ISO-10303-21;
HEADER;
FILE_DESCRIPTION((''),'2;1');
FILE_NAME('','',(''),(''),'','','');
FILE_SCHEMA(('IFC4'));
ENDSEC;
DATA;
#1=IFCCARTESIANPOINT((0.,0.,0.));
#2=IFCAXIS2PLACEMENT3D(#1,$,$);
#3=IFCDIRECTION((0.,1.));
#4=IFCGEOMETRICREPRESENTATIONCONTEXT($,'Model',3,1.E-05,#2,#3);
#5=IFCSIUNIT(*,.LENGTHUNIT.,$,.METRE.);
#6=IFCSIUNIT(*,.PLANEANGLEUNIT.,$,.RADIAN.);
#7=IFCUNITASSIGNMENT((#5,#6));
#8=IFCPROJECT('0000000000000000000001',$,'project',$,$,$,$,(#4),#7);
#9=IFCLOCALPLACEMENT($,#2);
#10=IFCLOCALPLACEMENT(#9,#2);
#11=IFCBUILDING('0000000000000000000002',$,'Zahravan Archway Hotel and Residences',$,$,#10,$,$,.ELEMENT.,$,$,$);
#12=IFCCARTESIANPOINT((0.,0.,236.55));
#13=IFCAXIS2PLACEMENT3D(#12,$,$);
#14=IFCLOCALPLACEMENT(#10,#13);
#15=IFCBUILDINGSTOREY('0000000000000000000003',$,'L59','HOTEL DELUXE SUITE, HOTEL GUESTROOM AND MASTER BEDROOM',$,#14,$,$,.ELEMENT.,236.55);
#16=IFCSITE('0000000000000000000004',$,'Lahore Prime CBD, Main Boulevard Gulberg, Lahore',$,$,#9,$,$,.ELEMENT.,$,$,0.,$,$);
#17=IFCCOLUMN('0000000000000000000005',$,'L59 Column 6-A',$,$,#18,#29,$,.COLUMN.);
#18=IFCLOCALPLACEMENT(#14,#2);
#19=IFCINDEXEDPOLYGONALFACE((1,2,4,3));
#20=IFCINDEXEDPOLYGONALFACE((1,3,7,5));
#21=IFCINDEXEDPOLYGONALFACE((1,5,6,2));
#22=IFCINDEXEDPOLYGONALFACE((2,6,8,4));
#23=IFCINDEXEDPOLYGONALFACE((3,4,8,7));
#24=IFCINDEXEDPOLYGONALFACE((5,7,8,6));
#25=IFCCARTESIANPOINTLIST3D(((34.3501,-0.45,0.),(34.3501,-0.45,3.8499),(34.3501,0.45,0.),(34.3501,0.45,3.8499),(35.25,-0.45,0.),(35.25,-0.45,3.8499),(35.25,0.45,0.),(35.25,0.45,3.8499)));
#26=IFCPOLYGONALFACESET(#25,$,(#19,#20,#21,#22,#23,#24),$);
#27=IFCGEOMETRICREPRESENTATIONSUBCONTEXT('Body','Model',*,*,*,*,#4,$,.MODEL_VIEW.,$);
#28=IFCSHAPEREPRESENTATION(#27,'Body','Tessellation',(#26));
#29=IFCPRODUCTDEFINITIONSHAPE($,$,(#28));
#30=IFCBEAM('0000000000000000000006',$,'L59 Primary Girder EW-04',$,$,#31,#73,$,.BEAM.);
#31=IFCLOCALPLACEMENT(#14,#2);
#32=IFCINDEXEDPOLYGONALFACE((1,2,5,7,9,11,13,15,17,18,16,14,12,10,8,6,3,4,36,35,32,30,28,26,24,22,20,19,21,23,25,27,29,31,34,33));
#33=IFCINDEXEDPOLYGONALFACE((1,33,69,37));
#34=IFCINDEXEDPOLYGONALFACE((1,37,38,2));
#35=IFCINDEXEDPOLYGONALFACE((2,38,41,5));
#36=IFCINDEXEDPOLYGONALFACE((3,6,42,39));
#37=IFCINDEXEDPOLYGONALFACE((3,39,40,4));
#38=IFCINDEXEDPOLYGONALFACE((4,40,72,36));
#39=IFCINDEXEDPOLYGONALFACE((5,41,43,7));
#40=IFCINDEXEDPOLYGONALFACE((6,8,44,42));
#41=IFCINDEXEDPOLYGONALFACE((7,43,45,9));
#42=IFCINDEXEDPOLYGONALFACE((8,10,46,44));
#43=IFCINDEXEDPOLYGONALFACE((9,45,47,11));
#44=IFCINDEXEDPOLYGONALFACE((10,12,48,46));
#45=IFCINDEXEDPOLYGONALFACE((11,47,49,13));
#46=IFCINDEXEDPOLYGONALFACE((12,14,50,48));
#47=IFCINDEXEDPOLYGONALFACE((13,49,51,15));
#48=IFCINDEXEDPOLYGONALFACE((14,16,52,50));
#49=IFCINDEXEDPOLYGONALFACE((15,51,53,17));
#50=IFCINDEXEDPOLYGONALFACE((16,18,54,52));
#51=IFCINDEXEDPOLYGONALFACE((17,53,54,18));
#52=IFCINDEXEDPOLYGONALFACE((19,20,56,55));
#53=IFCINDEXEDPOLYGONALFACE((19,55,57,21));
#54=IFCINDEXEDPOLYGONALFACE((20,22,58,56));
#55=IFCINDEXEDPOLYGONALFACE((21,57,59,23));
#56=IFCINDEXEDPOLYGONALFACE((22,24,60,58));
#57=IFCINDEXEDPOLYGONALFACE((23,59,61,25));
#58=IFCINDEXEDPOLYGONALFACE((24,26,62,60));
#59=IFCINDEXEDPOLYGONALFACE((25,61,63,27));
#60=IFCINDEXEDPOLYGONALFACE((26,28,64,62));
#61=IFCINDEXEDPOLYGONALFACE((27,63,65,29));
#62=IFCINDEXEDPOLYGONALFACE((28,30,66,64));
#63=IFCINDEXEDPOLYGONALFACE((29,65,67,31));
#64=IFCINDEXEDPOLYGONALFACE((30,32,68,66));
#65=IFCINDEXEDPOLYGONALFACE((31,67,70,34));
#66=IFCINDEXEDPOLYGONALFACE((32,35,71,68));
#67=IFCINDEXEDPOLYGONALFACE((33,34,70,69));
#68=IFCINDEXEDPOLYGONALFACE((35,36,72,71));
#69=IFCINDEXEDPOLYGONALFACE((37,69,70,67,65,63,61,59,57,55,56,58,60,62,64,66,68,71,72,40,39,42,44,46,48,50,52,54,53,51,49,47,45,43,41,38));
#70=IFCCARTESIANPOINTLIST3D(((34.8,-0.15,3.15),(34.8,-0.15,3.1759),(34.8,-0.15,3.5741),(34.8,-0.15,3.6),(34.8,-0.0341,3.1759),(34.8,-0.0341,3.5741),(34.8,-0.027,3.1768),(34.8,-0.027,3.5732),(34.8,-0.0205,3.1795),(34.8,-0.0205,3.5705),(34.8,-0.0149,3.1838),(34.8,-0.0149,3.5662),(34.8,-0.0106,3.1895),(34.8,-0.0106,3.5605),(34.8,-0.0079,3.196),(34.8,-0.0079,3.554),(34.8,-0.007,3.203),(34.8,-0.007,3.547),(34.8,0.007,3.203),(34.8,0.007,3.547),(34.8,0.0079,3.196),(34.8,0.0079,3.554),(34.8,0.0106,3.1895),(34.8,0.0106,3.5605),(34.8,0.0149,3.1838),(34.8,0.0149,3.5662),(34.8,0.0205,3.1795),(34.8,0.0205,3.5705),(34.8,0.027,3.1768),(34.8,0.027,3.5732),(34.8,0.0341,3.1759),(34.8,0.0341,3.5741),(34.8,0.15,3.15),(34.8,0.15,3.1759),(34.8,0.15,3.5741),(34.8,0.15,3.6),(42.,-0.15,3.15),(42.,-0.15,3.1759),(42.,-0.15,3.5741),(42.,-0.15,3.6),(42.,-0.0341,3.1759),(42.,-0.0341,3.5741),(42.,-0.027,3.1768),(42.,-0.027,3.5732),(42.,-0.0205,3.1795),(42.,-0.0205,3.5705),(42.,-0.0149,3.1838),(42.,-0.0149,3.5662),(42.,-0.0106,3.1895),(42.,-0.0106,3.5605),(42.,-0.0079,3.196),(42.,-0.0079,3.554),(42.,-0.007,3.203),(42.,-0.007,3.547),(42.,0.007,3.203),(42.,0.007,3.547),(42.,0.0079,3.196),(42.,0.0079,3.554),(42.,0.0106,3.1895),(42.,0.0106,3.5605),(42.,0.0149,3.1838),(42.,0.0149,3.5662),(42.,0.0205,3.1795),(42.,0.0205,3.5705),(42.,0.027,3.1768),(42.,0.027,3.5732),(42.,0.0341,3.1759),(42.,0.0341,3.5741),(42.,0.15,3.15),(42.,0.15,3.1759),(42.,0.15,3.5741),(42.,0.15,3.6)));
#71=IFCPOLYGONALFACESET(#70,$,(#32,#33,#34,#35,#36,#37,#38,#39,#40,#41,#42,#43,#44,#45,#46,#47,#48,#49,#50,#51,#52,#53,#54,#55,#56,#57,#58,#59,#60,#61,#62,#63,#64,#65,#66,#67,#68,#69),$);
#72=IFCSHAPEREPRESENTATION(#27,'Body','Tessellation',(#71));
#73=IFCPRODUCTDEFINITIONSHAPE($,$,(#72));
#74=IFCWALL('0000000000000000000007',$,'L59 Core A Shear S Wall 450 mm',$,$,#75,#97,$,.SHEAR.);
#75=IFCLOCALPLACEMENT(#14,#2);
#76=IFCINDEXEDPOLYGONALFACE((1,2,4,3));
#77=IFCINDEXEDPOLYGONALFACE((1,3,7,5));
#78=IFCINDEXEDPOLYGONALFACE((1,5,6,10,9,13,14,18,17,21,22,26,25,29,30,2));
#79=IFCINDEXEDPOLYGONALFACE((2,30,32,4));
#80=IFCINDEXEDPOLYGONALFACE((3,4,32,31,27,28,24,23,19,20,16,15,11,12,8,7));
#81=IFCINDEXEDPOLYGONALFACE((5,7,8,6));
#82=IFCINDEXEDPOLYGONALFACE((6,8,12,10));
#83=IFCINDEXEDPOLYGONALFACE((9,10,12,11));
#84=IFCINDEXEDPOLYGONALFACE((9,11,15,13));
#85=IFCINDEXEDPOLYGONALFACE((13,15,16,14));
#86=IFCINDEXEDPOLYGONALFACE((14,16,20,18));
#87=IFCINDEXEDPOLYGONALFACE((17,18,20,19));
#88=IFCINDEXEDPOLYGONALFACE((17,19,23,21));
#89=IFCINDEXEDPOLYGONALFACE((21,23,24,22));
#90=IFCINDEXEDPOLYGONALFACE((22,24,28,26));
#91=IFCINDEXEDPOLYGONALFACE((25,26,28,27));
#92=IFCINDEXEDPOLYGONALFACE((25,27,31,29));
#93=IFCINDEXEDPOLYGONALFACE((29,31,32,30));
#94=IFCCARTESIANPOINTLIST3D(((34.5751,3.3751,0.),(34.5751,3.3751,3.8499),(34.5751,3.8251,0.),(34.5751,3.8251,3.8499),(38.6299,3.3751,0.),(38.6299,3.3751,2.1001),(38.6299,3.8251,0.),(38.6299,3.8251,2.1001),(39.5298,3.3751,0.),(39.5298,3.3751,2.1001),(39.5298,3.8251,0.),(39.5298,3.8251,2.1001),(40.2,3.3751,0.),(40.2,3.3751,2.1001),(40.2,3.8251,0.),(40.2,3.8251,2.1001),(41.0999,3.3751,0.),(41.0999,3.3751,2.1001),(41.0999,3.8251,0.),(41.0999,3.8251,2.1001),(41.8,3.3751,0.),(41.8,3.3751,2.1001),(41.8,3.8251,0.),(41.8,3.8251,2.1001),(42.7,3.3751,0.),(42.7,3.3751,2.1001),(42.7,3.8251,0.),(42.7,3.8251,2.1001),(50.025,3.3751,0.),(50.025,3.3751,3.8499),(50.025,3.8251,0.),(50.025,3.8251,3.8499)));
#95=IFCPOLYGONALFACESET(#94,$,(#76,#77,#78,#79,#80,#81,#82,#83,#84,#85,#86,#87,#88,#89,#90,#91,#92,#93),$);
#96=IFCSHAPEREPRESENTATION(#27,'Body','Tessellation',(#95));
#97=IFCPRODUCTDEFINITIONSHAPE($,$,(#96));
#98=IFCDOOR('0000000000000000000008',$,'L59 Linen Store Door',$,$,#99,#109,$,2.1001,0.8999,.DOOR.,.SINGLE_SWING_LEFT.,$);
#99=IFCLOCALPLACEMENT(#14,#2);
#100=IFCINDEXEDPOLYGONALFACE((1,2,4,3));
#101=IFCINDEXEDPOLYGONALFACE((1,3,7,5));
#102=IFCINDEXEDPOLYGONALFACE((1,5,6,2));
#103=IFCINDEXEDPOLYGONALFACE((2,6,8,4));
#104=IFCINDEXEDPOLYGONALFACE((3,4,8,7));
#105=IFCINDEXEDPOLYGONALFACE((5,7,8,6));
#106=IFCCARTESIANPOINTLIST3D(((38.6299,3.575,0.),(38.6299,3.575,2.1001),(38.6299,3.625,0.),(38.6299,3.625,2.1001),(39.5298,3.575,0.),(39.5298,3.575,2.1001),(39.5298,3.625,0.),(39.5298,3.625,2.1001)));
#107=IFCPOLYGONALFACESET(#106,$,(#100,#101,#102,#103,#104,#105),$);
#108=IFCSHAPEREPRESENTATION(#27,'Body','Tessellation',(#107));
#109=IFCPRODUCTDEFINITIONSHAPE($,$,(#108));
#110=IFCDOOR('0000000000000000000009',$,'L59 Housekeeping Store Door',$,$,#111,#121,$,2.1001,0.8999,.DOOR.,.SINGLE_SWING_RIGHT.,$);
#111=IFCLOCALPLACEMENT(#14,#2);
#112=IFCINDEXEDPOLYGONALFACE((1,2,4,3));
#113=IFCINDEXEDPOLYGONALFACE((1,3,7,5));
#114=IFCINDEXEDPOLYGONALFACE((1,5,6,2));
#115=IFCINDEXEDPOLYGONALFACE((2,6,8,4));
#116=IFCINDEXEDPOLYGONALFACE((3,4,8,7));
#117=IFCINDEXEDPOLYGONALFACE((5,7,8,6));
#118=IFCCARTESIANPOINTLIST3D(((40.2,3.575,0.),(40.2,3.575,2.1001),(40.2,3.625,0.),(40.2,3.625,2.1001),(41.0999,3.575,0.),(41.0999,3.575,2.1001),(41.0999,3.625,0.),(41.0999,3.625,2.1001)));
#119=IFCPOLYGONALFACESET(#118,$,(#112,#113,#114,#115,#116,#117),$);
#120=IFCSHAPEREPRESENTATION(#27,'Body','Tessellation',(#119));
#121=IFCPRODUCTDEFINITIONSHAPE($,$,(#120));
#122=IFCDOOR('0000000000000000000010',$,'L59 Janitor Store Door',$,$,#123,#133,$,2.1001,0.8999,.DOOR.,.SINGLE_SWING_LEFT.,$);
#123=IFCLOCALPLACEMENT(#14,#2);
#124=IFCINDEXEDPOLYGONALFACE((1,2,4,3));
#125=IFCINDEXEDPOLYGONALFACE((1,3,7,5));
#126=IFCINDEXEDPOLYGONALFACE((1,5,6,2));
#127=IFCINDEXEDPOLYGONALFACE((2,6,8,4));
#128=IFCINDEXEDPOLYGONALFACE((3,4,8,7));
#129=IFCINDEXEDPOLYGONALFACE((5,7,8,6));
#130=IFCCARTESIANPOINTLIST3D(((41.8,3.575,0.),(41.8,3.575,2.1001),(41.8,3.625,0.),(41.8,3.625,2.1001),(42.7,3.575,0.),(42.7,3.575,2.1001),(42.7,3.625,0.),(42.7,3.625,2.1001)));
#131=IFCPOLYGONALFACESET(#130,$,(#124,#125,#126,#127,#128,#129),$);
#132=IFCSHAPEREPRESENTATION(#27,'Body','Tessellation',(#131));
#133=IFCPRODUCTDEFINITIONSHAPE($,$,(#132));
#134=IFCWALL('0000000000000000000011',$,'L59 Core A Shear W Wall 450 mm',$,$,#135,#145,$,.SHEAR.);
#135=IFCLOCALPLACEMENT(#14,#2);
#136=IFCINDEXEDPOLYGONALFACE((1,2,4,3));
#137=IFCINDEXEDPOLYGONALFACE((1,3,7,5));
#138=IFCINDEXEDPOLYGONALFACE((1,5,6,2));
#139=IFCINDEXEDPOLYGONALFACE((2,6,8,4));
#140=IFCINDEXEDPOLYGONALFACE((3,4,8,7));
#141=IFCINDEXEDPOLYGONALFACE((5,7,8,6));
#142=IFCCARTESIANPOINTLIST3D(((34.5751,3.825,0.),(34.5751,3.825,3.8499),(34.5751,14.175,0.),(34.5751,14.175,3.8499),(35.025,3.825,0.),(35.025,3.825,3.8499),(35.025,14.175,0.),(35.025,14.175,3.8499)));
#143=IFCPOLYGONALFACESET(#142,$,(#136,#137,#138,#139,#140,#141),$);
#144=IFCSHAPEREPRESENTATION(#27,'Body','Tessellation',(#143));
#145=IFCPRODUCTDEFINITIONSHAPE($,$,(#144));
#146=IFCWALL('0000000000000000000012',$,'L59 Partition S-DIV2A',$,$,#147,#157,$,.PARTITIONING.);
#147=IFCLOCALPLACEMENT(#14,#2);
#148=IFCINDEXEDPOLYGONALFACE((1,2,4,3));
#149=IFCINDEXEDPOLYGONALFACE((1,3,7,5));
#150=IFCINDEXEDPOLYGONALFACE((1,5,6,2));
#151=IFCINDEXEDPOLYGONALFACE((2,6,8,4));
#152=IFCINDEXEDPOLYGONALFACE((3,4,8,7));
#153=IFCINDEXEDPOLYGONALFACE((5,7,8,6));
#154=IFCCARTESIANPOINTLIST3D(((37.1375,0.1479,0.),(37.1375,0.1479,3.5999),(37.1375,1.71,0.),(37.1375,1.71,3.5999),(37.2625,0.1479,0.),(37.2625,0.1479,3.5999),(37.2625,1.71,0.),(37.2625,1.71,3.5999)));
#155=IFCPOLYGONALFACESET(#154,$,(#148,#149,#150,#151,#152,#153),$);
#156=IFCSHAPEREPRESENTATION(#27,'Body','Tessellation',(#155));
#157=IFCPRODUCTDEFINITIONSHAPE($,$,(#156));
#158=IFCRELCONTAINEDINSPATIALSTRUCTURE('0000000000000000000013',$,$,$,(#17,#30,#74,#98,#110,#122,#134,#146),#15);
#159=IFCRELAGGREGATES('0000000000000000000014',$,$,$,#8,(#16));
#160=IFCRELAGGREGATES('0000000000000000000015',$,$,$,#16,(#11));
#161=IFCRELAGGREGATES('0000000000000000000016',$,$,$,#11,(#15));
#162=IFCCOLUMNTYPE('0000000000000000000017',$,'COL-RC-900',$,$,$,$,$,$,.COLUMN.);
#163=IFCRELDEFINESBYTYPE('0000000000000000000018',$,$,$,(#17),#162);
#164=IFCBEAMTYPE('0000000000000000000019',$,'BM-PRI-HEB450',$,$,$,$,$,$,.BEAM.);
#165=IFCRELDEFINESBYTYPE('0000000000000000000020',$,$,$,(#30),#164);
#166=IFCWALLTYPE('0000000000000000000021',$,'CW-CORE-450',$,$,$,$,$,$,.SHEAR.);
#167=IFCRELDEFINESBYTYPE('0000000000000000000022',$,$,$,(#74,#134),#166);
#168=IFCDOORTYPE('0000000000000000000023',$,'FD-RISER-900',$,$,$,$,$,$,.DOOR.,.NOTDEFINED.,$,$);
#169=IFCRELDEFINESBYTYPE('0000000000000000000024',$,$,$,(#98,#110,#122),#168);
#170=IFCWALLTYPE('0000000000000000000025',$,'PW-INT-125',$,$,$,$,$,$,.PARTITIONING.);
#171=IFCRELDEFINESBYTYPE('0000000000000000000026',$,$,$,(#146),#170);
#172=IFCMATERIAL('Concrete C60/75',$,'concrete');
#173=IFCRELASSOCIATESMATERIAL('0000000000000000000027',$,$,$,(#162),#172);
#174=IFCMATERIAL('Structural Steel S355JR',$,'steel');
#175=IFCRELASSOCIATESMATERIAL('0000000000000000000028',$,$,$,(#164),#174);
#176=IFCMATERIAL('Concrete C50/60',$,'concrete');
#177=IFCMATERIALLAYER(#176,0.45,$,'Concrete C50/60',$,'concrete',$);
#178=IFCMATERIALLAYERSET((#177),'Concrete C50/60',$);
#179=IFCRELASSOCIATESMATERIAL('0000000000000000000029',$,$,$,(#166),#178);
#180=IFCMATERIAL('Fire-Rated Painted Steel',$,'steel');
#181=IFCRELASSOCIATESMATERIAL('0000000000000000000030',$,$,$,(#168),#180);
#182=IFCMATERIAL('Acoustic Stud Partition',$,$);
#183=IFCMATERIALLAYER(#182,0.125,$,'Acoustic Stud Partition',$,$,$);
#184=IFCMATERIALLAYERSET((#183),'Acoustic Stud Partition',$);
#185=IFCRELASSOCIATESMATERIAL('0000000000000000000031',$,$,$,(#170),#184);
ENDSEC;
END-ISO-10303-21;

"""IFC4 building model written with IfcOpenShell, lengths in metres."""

from ifc_helpers import new_model, si_unit, direction, frame, frame_2d, origin, origin_2d, place, context, subcontext, project, spatial, rectangle, i_section, extrude, source, transform, mapped, material, layer, layer_set, material_profile, profile_set, type_object, type_shapes, element, fill, save


model = new_model("IFC4")

# Units and contexts
model_context = context("Model", 3, precision=1e-05, world=origin(), true_north=direction((0.0, 1.0)))
body_context = subcontext(model_context, "Body", "Model", "MODEL_VIEW")
ifc_project = project(units=[si_unit("LENGTHUNIT", "METRE"), si_unit("PLANEANGLEUNIT", "RADIAN")], contexts=[model_context])

# Site, building, storey
site_placement = place(None, origin())
site = spatial("IfcSite", under=ifc_project, at=site_placement, Name="Lahore Prime CBD, Main Boulevard Gulberg, Lahore", CompositionType="ELEMENT", RefElevation=0.0)
building_placement = place(site_placement, origin())
building = spatial("IfcBuilding", under=site, at=building_placement, Name="Zahravan Archway Hotel and Residences", CompositionType="ELEMENT")
storey_placement = place(building_placement, frame((0.0, 0.0, 236.55)))
storey = spatial("IfcBuildingStorey", under=building, at=storey_placement, Name="L59", Description="HOTEL DELUXE SUITE, HOTEL GUESTROOM AND MASTER BEDROOM", CompositionType="ELEMENT", Elevation=236.55)

# Column
ifc_material_1 = material(Name="Concrete C60/75", Category="concrete")
ifc_material_profile_1 = material_profile(ifc_material_1, rectangle(XDim=0.8999, YDim=0.8999, at=origin_2d()), Name="RC-COL-900x900", Category="concrete")
ifc_profile_set_1 = profile_set([ifc_material_profile_1], Name="Concrete C60/75")
column_type = type_object("IfcColumnType", Name="COL-RC-900", PredefinedType="COLUMN", material=ifc_profile_set_1)
shared_shape_1 = source(origin(), body_context, "Body", "SweptSolid", [
    extrude(rectangle(XDim=0.8999, YDim=0.8999, at=origin_2d()), origin(), (0.0, 0.0, 1.0), 3.8499),
])
column_placement = place(storey_placement, frame((34.8, 0.0, 0.0), z_axis=(0.0, 0.0, 1.0), x_axis=(1.0, 0.0, 0.0)))
element("IfcColumn", 1, at=column_placement, inside=storey, type_object=column_type, Name="L59 Column 6-A", PredefinedType="COLUMN", context=body_context, shape_type="MappedRepresentation", body=[
    mapped(shared_shape_1, transform((0.0, 0.0, 0.0), scale=1.0)),
])

# Beam
ifc_material_2 = material(Name="Structural Steel S355JR", Category="steel")
ifc_material_profile_2 = material_profile(ifc_material_2, i_section(OverallWidth=0.3, OverallDepth=0.45, WebThickness=0.0139, FlangeThickness=0.0259, FilletRadius=0.0271, at=origin_2d()), Name="HEB 450", Category="steel")
ifc_profile_set_2 = profile_set([ifc_material_profile_2], Name="Structural Steel S355JR")
beam_type = type_object("IfcBeamType", Name="BM-PRI-HEB450", PredefinedType="BEAM", material=ifc_profile_set_2)
shared_shape_2 = source(origin(), body_context, "Body", "SweptSolid", [
    extrude(i_section(OverallWidth=0.3, OverallDepth=0.45, WebThickness=0.0139, FlangeThickness=0.0259, FilletRadius=0.0271, at=origin_2d()), origin(), (0.0, 0.0, 1.0), 7.2),
])
beam_placement = place(storey_placement, frame((34.8, 0.0, 3.375), z_axis=(1.0, 0.0, 0.0), x_axis=(0.0, 1.0, 0.0)))
element("IfcBeam", 2, at=beam_placement, inside=storey, type_object=beam_type, Name="L59 Primary Girder EW-04", PredefinedType="BEAM", context=body_context, shape_type="MappedRepresentation", body=[
    mapped(shared_shape_2, transform((0.0, 0.0, 0.0), scale=1.0)),
])

# Wall, openings, doors
ifc_material_3 = material(Name="Concrete C50/60", Category="concrete")
ifc_layer_1 = layer(ifc_material_3, 0.45, Name="Concrete C50/60", Category="concrete")
ifc_layer_set_1 = layer_set([ifc_layer_1], Name="Concrete C50/60")
wall_type_1 = type_object("IfcWallType", Name="CW-CORE-450", PredefinedType="SHEAR", material=ifc_layer_set_1)
wall_1_placement = place(storey_placement, frame((34.575, 3.6001, 0.0), z_axis=(0.0, 0.0, 1.0), x_axis=(1.0, 0.0, 0.0)))
wall_1 = element("IfcWall", 3, at=wall_1_placement, inside=storey, type_object=wall_type_1, Name="L59 Core A Shear S Wall 450 mm", PredefinedType="SHEAR", context=body_context, shape_type="SweptSolid", body=[
    extrude(rectangle(XDim=15.45, YDim=0.45, at=frame_2d((7.7251, 0.0))), origin(), (0.0, 0.0, 1.0), 3.8499),
])
opening_1_placement = place(wall_1_placement, frame((4.0549, 0.0, 0.0)))
opening_1 = element("IfcOpeningElement", 4, at=opening_1_placement, cuts=wall_1, PredefinedType="OPENING", context=body_context, shape_type="SweptSolid", body=[
    extrude(rectangle(XDim=0.8999, YDim=2.1001, at=frame_2d((0.45, 1.05))), frame((0.0, 0.2349, 0.0), z_axis=(0.0, -1.0, 0.0), x_axis=(1.0, 0.0, 0.0)), (0.0, 0.0, 1.0), 0.47),
])
opening_2_placement = place(wall_1_placement, frame((5.625, 0.0, 0.0)))
opening_2 = element("IfcOpeningElement", 5, at=opening_2_placement, cuts=wall_1, PredefinedType="OPENING", context=body_context, shape_type="SweptSolid", body=[
    extrude(rectangle(XDim=0.8999, YDim=2.1001, at=frame_2d((0.45, 1.05))), frame((0.0, 0.2349, 0.0), z_axis=(0.0, -1.0, 0.0), x_axis=(1.0, 0.0, 0.0)), (0.0, 0.0, 1.0), 0.47),
])
opening_3_placement = place(wall_1_placement, frame((7.2251, 0.0, 0.0)))
opening_3 = element("IfcOpeningElement", 6, at=opening_3_placement, cuts=wall_1, PredefinedType="OPENING", context=body_context, shape_type="SweptSolid", body=[
    extrude(rectangle(XDim=0.8999, YDim=2.1001, at=frame_2d((0.45, 1.05))), frame((0.0, 0.2349, 0.0), z_axis=(0.0, -1.0, 0.0), x_axis=(1.0, 0.0, 0.0)), (0.0, 0.0, 1.0), 0.47),
])
ifc_material_4 = material(Name="Fire-Rated Painted Steel", Category="steel")
door_type = type_object("IfcDoorType", Name="FD-RISER-900", OperationType="NOTDEFINED", PredefinedType="DOOR", material=ifc_material_4)
shared_shape_3 = source(origin(), body_context, "Body", "SweptSolid", [
    extrude(rectangle(XDim=0.8999, YDim=2.1001, at=frame_2d((0.45, 1.05))), frame((0.0, 0.0249, 0.0), z_axis=(0.0, -1.0, 0.0), x_axis=(1.0, 0.0, 0.0)), (0.0, 0.0, 1.0), 0.05),
])
type_shapes(door_type, [shared_shape_3])
door_1_placement = place(opening_1_placement, origin())
door_1 = element("IfcDoor", 7, at=door_1_placement, inside=storey, type_object=door_type, Name="L59 Linen Store Door", OperationType="SINGLE_SWING_LEFT", OverallHeight=2.1001, OverallWidth=0.8999, PredefinedType="DOOR", context=body_context, shape_type="MappedRepresentation", body=[
    mapped(shared_shape_3, transform((0.0, 0.0, 0.0), scale=1.0)),
])
fill(opening_1, door_1)
door_2_placement = place(opening_2_placement, origin())
door_2 = element("IfcDoor", 8, at=door_2_placement, inside=storey, type_object=door_type, Name="L59 Housekeeping Store Door", OperationType="SINGLE_SWING_RIGHT", OverallHeight=2.1001, OverallWidth=0.8999, PredefinedType="DOOR", context=body_context, shape_type="MappedRepresentation", body=[
    mapped(shared_shape_3, transform((0.0, 0.0, 0.0), scale=1.0)),
])
fill(opening_2, door_2)
door_3_placement = place(opening_3_placement, origin())
door_3 = element("IfcDoor", 9, at=door_3_placement, inside=storey, type_object=door_type, Name="L59 Janitor Store Door", OperationType="SINGLE_SWING_LEFT", OverallHeight=2.1001, OverallWidth=0.8999, PredefinedType="DOOR", context=body_context, shape_type="MappedRepresentation", body=[
    mapped(shared_shape_3, transform((0.0, 0.0, 0.0), scale=1.0)),
])
fill(opening_3, door_3)

# Walls
wall_2_placement = place(storey_placement, frame((34.8, 3.825, 0.0), z_axis=(0.0, 0.0, 1.0), x_axis=(0.0, 1.0, 0.0)))
element("IfcWall", 10, at=wall_2_placement, inside=storey, type_object=wall_type_1, Name="L59 Core A Shear W Wall 450 mm", PredefinedType="SHEAR", context=body_context, shape_type="SweptSolid", body=[
    extrude(rectangle(XDim=10.3501, YDim=0.45, at=frame_2d((5.175, 0.0))), origin(), (0.0, 0.0, 1.0), 3.8499),
])
ifc_material_5 = material(Name="Acoustic Stud Partition")
ifc_layer_2 = layer(ifc_material_5, 0.125, Name="Acoustic Stud Partition")
ifc_layer_set_2 = layer_set([ifc_layer_2], Name="Acoustic Stud Partition")
wall_type_2 = type_object("IfcWallType", Name="PW-INT-125", PredefinedType="PARTITIONING", material=ifc_layer_set_2)
wall_3_placement = place(storey_placement, frame((37.2, 0.1479, 0.0), z_axis=(0.0, 0.0, 1.0), x_axis=(0.0, 1.0, 0.0)))
element("IfcWall", 11, at=wall_3_placement, inside=storey, type_object=wall_type_2, Name="L59 Partition S-DIV2A", PredefinedType="PARTITIONING", context=body_context, shape_type="SweptSolid", body=[
    extrude(rectangle(XDim=1.562, YDim=0.125, at=frame_2d((0.781, 0.0))), origin(), (0.0, 0.0, 1.0), 3.5999),
])

save(model, "model.ifc")
